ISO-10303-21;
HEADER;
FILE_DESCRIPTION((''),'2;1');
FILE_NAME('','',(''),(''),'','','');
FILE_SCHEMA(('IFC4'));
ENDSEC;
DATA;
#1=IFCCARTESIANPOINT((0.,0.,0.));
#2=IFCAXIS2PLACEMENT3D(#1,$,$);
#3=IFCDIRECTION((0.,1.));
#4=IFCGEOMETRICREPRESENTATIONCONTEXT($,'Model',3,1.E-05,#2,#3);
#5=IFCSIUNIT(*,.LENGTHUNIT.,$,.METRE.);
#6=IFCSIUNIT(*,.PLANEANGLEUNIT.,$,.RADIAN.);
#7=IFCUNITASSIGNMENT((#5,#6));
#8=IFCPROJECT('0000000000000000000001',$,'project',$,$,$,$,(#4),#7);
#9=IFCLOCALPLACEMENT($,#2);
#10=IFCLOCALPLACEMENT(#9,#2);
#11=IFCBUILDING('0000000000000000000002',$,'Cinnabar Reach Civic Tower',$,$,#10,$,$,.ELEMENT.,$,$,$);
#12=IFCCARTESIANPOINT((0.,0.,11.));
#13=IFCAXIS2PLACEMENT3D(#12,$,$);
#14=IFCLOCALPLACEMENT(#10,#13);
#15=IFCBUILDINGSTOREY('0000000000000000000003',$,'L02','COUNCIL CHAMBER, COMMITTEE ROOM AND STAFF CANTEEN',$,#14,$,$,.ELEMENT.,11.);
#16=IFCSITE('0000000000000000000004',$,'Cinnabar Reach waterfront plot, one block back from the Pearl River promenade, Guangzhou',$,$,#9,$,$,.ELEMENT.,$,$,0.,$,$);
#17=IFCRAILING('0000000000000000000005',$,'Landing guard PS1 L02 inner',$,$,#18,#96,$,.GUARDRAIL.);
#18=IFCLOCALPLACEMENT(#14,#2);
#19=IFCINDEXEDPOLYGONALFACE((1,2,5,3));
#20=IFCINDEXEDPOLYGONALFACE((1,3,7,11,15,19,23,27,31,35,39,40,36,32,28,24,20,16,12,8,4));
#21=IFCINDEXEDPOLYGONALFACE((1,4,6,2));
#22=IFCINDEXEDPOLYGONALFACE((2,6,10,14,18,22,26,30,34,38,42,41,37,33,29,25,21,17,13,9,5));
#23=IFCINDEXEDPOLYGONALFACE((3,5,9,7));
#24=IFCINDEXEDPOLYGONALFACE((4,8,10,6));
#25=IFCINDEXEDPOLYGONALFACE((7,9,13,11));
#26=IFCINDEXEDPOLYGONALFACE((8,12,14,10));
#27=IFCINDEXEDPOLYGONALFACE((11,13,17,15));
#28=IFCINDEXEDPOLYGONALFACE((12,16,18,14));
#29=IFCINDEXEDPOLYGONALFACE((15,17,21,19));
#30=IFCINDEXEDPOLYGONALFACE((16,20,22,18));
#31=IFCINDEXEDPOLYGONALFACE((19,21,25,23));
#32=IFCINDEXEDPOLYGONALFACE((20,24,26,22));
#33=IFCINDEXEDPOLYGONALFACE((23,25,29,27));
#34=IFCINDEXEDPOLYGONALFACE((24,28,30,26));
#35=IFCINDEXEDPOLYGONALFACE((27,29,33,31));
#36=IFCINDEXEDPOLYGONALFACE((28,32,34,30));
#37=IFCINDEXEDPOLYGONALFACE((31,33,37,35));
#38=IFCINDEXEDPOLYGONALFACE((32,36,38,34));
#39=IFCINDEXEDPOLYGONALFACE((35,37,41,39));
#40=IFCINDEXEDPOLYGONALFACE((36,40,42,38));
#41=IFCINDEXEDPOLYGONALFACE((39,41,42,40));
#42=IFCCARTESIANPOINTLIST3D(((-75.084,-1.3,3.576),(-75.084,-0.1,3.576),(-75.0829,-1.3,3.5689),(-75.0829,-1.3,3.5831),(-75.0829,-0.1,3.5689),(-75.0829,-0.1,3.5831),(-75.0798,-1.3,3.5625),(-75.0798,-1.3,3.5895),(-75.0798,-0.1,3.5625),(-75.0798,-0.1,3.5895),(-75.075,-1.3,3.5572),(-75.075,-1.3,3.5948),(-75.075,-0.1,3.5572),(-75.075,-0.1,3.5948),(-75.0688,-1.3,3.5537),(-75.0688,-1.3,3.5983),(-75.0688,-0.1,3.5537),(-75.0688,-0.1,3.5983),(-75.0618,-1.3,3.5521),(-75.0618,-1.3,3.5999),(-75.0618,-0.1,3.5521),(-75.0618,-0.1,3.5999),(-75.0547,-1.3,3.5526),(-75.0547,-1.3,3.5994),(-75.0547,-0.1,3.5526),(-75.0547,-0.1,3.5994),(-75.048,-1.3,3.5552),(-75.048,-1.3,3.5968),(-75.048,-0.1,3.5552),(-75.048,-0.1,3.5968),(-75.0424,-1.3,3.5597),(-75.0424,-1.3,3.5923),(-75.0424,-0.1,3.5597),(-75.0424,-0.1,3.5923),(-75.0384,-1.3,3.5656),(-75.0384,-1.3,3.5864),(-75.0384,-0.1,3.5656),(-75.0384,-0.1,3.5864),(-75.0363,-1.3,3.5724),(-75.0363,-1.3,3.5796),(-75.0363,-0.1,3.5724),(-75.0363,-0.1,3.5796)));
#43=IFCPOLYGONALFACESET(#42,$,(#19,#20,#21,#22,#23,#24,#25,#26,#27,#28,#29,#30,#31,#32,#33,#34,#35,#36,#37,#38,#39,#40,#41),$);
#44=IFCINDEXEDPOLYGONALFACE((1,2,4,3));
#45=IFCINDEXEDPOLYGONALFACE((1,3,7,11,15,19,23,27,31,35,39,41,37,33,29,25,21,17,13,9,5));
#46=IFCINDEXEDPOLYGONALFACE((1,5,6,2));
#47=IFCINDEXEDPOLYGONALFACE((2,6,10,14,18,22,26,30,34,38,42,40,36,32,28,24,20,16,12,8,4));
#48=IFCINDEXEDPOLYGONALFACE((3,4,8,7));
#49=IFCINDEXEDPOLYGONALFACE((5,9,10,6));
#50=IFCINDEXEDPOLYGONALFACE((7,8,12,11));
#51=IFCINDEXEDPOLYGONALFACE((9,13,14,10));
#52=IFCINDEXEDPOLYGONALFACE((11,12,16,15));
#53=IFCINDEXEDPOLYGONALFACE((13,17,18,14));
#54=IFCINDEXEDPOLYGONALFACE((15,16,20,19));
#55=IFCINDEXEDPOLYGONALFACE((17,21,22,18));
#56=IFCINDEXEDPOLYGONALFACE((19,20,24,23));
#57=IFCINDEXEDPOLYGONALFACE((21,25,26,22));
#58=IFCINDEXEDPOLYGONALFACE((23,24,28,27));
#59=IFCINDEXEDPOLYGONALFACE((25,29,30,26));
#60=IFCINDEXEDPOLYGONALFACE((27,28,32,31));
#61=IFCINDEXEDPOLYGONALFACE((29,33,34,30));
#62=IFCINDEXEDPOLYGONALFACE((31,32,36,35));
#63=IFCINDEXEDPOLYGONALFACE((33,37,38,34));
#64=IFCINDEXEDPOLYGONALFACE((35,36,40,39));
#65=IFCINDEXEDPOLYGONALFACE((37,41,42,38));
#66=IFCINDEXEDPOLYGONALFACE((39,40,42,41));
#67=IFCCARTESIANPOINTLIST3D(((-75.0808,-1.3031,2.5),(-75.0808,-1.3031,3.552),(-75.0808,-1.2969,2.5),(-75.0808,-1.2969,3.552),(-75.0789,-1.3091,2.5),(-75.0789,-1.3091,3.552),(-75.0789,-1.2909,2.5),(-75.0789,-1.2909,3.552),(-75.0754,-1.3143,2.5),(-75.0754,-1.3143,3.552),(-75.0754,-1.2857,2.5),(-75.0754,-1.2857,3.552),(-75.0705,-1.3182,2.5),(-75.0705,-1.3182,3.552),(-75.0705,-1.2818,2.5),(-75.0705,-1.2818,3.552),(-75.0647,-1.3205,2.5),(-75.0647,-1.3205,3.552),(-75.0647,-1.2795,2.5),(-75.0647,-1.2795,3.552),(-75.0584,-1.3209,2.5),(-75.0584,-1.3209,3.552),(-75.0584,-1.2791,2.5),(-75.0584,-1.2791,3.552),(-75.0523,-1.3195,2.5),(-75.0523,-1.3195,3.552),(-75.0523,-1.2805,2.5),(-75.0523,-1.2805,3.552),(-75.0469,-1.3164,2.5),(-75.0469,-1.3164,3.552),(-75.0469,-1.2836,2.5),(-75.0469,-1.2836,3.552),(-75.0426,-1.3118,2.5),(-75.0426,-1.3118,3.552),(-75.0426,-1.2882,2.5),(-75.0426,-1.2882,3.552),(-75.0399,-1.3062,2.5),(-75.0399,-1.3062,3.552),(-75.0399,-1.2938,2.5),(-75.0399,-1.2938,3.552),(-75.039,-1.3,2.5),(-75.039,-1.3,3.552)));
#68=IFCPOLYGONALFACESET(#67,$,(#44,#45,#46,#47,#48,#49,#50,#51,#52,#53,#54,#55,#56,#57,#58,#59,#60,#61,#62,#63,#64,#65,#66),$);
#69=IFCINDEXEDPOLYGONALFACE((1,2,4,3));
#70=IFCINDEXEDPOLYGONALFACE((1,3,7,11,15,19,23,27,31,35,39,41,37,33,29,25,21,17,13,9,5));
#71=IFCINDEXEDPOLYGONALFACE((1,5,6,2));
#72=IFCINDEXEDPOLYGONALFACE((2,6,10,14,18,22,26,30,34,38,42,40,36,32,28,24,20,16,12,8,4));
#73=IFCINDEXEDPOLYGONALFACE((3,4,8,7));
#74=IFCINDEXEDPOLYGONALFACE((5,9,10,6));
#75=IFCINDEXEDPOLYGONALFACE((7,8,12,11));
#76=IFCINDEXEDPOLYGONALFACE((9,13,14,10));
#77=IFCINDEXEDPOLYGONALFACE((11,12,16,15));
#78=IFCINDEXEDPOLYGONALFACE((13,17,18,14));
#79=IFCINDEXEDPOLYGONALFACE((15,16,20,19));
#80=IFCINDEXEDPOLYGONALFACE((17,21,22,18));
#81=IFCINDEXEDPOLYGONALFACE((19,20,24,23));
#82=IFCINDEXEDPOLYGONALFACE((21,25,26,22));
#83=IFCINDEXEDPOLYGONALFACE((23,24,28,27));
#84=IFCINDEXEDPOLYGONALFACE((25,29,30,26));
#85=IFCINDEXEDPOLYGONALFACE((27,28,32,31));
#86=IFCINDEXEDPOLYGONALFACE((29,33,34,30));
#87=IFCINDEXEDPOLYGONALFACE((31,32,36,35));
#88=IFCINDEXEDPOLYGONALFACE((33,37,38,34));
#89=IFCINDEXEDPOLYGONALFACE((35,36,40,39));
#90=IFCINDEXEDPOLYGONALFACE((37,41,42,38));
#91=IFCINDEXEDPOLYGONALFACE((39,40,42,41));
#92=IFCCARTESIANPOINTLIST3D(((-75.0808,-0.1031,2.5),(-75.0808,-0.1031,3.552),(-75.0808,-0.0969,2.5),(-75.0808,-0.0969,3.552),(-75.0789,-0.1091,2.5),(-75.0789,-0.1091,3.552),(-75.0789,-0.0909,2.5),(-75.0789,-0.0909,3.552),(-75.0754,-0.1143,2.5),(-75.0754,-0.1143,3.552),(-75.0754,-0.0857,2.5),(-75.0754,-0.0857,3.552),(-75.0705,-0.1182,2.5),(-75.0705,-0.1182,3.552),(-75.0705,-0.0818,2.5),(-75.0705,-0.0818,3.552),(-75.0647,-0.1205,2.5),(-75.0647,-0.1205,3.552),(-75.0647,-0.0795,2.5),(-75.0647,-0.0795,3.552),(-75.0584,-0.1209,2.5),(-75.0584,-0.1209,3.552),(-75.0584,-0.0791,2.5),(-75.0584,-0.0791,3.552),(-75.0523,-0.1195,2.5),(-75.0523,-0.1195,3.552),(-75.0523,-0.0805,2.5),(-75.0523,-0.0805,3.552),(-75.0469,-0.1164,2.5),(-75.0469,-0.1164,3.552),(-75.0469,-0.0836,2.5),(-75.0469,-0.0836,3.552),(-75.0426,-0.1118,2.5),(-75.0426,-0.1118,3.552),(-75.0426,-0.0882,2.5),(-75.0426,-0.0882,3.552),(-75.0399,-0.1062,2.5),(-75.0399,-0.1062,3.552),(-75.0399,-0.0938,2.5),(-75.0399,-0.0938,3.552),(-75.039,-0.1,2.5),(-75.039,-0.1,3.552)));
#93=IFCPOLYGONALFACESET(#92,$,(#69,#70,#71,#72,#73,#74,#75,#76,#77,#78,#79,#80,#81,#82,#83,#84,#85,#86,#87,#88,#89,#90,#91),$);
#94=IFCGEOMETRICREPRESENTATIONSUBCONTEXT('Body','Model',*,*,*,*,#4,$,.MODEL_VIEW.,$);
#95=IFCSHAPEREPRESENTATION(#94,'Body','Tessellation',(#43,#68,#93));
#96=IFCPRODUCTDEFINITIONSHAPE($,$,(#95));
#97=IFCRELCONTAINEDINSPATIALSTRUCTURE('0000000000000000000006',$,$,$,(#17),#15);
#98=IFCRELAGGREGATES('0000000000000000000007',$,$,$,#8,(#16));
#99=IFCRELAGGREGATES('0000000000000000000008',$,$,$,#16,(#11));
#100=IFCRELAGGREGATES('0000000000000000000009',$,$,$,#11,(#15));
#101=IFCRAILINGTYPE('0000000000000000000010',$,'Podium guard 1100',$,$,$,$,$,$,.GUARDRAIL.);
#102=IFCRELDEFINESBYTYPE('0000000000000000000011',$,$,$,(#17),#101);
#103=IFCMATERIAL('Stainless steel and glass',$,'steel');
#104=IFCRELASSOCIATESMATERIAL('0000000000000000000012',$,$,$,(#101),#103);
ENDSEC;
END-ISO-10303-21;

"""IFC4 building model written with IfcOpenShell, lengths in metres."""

from ifc_helpers import new_model, si_unit, direction, frame, origin, origin_2d, place, context, subcontext, project, spatial, circle, extrude, material, type_object, element, save


model = new_model("IFC4")

# Units and contexts
model_context = context("Model", 3, precision=1e-05, world=origin(), true_north=direction((0.0, 1.0)))
body_context = subcontext(model_context, "Body", "Model", "MODEL_VIEW")
ifc_project = project(units=[si_unit("LENGTHUNIT", "METRE"), si_unit("PLANEANGLEUNIT", "RADIAN")], contexts=[model_context])

# Site, building, storey
site_placement = place(None, origin())
site = spatial("IfcSite", under=ifc_project, at=site_placement, Name="Cinnabar Reach waterfront plot, one block back from the Pearl River promenade, Guangzhou", CompositionType="ELEMENT", RefElevation=0.0)
building_placement = place(site_placement, origin())
building = spatial("IfcBuilding", under=site, at=building_placement, Name="Cinnabar Reach Civic Tower", CompositionType="ELEMENT")
storey_placement = place(building_placement, frame((0.0, 0.0, 11.0)))
storey = spatial("IfcBuildingStorey", under=building, at=storey_placement, Name="L02", Description="COUNCIL CHAMBER, COMMITTEE ROOM AND STAFF CANTEEN", CompositionType="ELEMENT", Elevation=11.0)

# Railing
ifc_material_1 = material(Name="Stainless steel and glass", Category="steel")
railing_type_1 = type_object("IfcRailingType", Name="Podium guard 1100", PredefinedType="GUARDRAIL", material=ifc_material_1)
railing_1_placement = place(storey_placement, frame((-75.06, -1.3, 2.5)))
element("IfcRailing", 1, at=railing_1_placement, inside=storey, type_object=railing_type_1, Name="Landing guard PS1 L02 inner", PredefinedType="GUARDRAIL", context=body_context, shape_type="SweptSolid", body=[
    extrude(circle(Radius=0.024, at=origin_2d()), frame((0.0, 0.0, 1.076), z_axis=(0.0, 1.0, 0.0), x_axis=(-1.0, 0.0, 0.0)), (0.0, 0.0, 1.0), 1.2),
    extrude(circle(Radius=0.021, at=origin_2d()), origin(), (0.0, 0.0, 1.0), 1.052),
    extrude(circle(Radius=0.021, at=origin_2d()), frame((0.0, 1.2, 0.0)), (0.0, 0.0, 1.0), 1.052),
])

save(model, "model.ifc")
